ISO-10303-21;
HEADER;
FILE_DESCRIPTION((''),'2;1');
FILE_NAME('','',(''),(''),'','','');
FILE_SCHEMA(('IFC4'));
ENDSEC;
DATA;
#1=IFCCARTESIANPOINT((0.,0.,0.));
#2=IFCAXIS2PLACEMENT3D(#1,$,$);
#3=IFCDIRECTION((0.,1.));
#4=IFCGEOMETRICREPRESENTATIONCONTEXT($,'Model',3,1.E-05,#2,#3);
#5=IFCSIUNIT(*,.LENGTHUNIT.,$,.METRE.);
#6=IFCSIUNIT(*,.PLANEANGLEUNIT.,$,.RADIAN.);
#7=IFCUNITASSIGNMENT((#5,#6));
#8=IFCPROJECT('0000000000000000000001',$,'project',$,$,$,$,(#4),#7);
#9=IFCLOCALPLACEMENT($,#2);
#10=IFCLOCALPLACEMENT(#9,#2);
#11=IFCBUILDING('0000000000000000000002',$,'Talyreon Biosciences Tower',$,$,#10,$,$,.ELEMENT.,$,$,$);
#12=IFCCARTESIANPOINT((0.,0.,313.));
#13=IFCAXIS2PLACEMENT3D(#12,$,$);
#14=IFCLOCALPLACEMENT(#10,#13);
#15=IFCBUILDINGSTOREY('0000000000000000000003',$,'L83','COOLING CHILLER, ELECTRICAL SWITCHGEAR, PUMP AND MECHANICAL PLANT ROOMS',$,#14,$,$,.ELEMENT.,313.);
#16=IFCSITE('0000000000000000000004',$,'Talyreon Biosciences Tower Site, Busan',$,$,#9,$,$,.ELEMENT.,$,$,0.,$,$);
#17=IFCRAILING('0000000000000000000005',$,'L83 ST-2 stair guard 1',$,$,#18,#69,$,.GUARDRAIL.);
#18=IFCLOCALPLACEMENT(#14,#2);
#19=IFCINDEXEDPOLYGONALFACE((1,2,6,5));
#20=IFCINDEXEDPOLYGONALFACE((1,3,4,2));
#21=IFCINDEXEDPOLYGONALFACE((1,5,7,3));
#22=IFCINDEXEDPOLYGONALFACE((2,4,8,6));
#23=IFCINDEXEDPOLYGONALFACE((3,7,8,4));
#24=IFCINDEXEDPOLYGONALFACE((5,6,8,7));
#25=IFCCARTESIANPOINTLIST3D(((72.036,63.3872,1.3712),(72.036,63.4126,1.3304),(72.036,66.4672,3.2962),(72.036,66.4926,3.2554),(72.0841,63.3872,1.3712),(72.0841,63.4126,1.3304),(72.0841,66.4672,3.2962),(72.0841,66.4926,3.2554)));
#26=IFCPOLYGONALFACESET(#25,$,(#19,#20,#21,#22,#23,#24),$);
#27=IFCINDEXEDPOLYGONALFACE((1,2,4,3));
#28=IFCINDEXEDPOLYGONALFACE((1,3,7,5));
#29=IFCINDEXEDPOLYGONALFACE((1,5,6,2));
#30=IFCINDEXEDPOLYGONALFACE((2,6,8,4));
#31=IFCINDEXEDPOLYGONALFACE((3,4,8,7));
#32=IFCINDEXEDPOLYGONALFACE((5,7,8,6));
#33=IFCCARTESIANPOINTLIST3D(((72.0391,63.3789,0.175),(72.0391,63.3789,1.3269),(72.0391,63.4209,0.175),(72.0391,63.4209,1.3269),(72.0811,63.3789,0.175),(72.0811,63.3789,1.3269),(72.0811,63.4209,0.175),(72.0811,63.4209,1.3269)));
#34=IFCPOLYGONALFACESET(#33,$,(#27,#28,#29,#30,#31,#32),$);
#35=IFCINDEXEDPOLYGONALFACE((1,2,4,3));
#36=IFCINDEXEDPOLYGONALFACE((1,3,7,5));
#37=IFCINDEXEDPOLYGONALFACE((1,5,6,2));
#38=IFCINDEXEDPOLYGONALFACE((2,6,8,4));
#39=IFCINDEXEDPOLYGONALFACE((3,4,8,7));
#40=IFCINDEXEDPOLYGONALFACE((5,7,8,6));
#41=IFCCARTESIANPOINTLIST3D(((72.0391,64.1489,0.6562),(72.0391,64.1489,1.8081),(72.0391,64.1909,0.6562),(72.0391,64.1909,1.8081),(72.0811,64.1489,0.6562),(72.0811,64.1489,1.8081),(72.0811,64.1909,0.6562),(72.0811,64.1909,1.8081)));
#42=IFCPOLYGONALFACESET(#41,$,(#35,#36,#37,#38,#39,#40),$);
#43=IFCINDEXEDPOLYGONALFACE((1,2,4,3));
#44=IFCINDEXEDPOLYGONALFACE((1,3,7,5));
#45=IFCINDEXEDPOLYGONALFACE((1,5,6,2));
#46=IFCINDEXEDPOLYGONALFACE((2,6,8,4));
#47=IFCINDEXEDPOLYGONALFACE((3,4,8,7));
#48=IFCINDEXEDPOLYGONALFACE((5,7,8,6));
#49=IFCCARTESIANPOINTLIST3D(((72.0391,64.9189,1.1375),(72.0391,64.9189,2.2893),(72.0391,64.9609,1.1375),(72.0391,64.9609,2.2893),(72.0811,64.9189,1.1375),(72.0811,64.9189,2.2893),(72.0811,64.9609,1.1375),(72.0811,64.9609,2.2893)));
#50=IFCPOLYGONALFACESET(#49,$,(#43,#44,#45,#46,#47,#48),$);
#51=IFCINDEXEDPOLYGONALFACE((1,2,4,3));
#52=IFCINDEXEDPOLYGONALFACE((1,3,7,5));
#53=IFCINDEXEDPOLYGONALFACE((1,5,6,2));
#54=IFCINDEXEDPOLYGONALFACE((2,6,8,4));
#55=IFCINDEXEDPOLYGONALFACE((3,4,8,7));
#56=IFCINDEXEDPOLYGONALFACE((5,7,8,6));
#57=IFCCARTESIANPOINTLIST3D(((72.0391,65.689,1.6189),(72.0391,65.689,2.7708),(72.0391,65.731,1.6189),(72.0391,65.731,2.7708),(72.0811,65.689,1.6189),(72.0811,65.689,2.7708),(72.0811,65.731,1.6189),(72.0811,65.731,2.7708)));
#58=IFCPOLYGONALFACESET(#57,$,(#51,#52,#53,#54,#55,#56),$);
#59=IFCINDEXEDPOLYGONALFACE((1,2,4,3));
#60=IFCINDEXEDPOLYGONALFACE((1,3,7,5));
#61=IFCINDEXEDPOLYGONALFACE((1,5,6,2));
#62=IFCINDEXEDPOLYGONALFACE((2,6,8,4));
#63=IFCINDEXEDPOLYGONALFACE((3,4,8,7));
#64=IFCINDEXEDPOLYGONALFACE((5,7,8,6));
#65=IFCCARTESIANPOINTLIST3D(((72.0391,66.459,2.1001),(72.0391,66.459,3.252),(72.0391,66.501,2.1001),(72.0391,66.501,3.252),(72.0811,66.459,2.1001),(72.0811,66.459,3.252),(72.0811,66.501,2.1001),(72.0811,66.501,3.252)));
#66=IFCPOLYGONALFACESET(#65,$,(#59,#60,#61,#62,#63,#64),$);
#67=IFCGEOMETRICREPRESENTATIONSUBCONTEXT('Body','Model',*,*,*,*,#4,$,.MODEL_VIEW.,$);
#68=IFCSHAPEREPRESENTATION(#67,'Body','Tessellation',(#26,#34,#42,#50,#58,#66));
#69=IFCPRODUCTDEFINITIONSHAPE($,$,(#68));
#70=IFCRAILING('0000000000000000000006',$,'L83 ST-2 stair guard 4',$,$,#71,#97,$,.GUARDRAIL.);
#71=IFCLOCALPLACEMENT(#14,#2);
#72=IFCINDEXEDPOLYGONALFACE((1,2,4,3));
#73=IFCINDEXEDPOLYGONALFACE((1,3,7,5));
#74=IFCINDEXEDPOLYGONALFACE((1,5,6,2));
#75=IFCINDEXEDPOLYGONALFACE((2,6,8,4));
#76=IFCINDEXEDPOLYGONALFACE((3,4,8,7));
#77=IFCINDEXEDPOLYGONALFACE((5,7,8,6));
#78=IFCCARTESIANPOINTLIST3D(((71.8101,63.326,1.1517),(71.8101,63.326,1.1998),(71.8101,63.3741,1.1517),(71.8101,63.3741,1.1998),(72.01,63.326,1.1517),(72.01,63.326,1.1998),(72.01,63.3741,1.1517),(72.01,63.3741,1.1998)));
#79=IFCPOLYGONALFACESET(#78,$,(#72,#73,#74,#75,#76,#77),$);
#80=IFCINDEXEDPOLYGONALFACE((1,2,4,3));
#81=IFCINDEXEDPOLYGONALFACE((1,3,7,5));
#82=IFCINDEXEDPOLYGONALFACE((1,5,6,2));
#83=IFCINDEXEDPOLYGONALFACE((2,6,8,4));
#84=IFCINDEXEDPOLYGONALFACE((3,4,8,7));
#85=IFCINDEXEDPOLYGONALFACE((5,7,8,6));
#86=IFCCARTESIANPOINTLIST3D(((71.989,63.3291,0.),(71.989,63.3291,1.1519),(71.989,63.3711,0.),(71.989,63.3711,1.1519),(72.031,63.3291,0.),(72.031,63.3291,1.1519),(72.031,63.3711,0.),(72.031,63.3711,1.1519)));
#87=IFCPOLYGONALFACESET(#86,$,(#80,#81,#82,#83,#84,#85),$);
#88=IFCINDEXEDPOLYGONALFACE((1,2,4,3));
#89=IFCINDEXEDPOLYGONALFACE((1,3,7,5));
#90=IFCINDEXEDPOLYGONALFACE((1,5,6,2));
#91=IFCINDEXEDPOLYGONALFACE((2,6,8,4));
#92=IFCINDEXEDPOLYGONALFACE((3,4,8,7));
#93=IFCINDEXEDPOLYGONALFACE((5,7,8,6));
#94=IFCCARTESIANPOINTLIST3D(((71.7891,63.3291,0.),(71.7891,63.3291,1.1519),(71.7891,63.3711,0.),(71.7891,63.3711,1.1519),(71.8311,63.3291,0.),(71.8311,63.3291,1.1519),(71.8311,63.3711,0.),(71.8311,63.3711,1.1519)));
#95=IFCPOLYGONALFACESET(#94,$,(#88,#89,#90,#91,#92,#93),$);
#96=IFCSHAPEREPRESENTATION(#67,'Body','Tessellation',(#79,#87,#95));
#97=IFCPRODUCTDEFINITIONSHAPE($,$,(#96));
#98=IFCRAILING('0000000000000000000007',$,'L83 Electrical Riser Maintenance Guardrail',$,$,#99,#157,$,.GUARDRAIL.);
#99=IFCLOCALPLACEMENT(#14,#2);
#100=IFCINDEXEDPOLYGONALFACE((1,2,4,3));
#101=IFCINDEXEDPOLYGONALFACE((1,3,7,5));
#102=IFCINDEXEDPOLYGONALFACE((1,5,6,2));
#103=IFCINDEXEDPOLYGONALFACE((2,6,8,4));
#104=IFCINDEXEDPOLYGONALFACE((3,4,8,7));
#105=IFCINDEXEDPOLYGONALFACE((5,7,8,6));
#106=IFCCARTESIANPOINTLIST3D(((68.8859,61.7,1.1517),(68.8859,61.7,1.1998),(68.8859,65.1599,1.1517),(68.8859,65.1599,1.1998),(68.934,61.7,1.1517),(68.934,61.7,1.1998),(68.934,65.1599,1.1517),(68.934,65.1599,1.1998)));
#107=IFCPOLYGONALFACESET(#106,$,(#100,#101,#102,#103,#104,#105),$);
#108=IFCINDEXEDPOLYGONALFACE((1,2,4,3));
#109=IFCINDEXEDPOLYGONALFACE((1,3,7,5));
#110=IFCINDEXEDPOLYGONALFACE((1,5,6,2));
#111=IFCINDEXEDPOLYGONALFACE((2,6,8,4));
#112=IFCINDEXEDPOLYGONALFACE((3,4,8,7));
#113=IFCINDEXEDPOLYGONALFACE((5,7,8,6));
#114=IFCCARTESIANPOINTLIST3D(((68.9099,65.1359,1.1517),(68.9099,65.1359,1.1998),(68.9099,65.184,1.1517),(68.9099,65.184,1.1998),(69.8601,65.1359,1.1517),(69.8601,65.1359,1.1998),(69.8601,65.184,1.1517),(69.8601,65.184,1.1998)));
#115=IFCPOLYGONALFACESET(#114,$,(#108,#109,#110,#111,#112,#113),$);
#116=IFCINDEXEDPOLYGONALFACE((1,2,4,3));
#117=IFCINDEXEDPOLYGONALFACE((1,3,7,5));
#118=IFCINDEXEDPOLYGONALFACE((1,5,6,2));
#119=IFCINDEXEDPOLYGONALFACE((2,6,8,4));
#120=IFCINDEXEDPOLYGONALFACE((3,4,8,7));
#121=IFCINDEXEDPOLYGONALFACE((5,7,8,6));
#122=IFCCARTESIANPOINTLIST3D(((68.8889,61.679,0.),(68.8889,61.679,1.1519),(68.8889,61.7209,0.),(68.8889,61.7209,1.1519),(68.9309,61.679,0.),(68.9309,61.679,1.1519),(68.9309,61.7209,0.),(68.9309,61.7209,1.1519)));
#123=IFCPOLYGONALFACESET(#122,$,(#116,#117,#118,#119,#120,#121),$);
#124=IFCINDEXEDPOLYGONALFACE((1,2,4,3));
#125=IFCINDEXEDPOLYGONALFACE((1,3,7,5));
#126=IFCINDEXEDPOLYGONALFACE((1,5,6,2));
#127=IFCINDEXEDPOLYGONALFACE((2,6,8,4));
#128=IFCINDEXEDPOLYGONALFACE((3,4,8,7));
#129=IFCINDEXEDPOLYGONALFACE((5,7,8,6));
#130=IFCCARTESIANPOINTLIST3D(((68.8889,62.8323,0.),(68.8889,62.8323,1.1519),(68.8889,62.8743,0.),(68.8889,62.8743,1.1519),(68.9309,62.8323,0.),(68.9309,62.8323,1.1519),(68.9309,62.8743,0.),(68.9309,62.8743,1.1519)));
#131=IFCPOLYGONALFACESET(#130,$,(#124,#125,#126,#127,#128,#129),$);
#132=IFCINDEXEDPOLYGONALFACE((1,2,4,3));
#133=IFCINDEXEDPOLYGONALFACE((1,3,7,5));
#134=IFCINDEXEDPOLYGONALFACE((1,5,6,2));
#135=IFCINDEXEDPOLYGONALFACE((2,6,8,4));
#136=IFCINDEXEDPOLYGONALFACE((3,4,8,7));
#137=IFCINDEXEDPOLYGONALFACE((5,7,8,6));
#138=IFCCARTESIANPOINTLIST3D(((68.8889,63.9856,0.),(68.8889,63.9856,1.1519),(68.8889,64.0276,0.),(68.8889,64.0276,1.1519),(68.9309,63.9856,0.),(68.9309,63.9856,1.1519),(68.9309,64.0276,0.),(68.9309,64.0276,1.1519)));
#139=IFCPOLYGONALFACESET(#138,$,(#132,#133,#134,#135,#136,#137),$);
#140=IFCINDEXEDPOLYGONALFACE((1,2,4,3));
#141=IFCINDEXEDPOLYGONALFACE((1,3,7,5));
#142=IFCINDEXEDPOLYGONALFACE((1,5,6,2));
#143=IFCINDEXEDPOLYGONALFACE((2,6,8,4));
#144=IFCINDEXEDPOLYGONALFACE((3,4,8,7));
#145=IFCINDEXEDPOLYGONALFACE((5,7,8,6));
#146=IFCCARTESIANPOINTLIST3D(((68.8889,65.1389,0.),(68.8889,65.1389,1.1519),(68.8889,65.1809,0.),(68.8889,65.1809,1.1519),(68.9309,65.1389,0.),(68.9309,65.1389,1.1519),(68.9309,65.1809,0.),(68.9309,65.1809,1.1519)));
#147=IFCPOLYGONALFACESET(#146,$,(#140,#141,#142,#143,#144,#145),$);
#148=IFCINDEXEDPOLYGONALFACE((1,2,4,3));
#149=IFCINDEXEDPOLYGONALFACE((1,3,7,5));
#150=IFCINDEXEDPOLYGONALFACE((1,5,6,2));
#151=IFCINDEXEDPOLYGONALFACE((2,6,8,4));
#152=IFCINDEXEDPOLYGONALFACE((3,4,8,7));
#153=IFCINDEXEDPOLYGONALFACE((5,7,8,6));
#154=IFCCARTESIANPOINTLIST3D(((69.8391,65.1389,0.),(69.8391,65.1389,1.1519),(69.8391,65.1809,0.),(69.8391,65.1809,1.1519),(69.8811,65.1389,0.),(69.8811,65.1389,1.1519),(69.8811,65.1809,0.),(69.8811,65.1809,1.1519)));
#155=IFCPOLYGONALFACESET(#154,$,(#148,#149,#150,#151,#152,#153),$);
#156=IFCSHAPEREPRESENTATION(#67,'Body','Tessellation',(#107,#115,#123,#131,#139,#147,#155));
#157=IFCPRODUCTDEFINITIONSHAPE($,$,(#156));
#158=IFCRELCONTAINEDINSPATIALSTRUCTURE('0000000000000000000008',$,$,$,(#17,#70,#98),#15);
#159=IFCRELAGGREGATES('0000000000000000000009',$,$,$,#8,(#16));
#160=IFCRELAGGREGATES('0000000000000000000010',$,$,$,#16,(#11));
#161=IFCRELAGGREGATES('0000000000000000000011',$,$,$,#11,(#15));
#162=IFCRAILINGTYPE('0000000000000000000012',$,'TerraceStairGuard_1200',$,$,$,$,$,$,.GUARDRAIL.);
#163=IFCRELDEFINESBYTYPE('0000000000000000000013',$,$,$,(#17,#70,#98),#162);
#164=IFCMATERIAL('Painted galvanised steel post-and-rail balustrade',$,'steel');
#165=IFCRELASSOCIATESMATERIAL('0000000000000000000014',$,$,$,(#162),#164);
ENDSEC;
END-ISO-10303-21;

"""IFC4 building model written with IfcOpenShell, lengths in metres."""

from ifc_helpers import new_model, si_unit, direction, frame, origin, origin_2d, place, context, subcontext, project, spatial, rectangle, extrude, material, type_object, element, save


model = new_model("IFC4")

# Units and contexts
model_context = context("Model", 3, precision=1e-05, world=origin(), true_north=direction((0.0, 1.0)))
body_context = subcontext(model_context, "Body", "Model", "MODEL_VIEW")
ifc_project = project(units=[si_unit("LENGTHUNIT", "METRE"), si_unit("PLANEANGLEUNIT", "RADIAN")], contexts=[model_context])

# Site, building, storey
site_placement = place(None, origin())
site = spatial("IfcSite", under=ifc_project, at=site_placement, Name="Talyreon Biosciences Tower Site, Busan", CompositionType="ELEMENT", RefElevation=0.0)
building_placement = place(site_placement, origin())
building = spatial("IfcBuilding", under=site, at=building_placement, Name="Talyreon Biosciences Tower", CompositionType="ELEMENT")
storey_placement = place(building_placement, frame((0.0, 0.0, 313.0)))
storey = spatial("IfcBuildingStorey", under=building, at=storey_placement, Name="L83", Description="COOLING CHILLER, ELECTRICAL SWITCHGEAR, PUMP AND MECHANICAL PLANT ROOMS", CompositionType="ELEMENT", Elevation=313.0)

# Railings
ifc_material_1 = material(Name="Painted galvanised steel post-and-rail balustrade", Category="steel")
railing_type_1 = type_object("IfcRailingType", Name="TerraceStairGuard_1200", PredefinedType="GUARDRAIL", material=ifc_material_1)
railing_1_placement = place(storey_placement, frame((72.0601, 63.3999, 0.175)))
element("IfcRailing", 1, at=railing_1_placement, inside=storey, type_object=railing_type_1, Name="L83 ST-2 stair guard 1", PredefinedType="GUARDRAIL", context=body_context, shape_type="SweptSolid", body=[
    extrude(rectangle(XDim=0.0481, YDim=0.0481, at=origin_2d()), frame((0.0, 0.0, 1.1758), z_axis=(0.0, 0.847998, 0.529999), x_axis=(-1.0, 0.0, 0.0)), (0.0, 0.0, 1.0), 3.6321),
    extrude(rectangle(XDim=0.042, YDim=0.042, at=origin_2d()), origin(), (0.0, 0.0, 1.0), 1.1519),
    extrude(rectangle(XDim=0.042, YDim=0.042, at=origin_2d()), frame((0.0, 0.77, 0.4812)), (0.0, 0.0, 1.0), 1.1519),
    extrude(rectangle(XDim=0.042, YDim=0.042, at=origin_2d()), frame((0.0, 1.54, 0.9624)), (0.0, 0.0, 1.0), 1.1519),
    extrude(rectangle(XDim=0.042, YDim=0.042, at=origin_2d()), frame((0.0, 2.3101, 1.4438)), (0.0, 0.0, 1.0), 1.1519),
    extrude(rectangle(XDim=0.042, YDim=0.042, at=origin_2d()), frame((0.0, 3.0801, 1.925)), (0.0, 0.0, 1.0), 1.1519),
])
railing_2_placement = place(storey_placement, frame((72.01, 63.3501, 0.0)))
element("IfcRailing", 2, at=railing_2_placement, inside=storey, type_object=railing_type_1, Name="L83 ST-2 stair guard 4", PredefinedType="GUARDRAIL", context=body_context, shape_type="SweptSolid", body=[
    extrude(rectangle(XDim=0.0481, YDim=0.0481, at=origin_2d()), frame((0.0, 0.0, 1.1758), z_axis=(-1.0, 0.0, 0.0), x_axis=(0.0, -1.0, 0.0)), (0.0, 0.0, 1.0), 0.2),
    extrude(rectangle(XDim=0.042, YDim=0.042, at=origin_2d()), origin(), (0.0, 0.0, 1.0), 1.1519),
    extrude(rectangle(XDim=0.042, YDim=0.042, at=origin_2d()), frame((-0.2, 0.0, 0.0)), (0.0, 0.0, 1.0), 1.1519),
])
railing_3_placement = place(storey_placement, frame((68.9099, 61.7, 0.0)))
element("IfcRailing", 3, at=railing_3_placement, inside=storey, type_object=railing_type_1, Name="L83 Electrical Riser Maintenance Guardrail", PredefinedType="GUARDRAIL", context=body_context, shape_type="SweptSolid", body=[
    extrude(rectangle(XDim=0.0481, YDim=0.0481, at=origin_2d()), frame((0.0, 0.0, 1.1758), z_axis=(0.0, 1.0, 0.0), x_axis=(-1.0, 0.0, 0.0)), (0.0, 0.0, 1.0), 3.46),
    extrude(rectangle(XDim=0.0481, YDim=0.0481, at=origin_2d()), frame((0.0, 3.46, 1.1758), z_axis=(1.0, 0.0, 0.0), x_axis=(0.0, 1.0, 0.0)), (0.0, 0.0, 1.0), 0.9502),
    extrude(rectangle(XDim=0.042, YDim=0.042, at=origin_2d()), origin(), (0.0, 0.0, 1.0), 1.1519),
    extrude(rectangle(XDim=0.042, YDim=0.042, at=origin_2d()), frame((0.0, 1.1533, 0.0)), (0.0, 0.0, 1.0), 1.1519),
    extrude(rectangle(XDim=0.042, YDim=0.042, at=origin_2d()), frame((0.0, 2.3066, 0.0)), (0.0, 0.0, 1.0), 1.1519),
    extrude(rectangle(XDim=0.042, YDim=0.042, at=origin_2d()), frame((0.0, 3.46, 0.0)), (0.0, 0.0, 1.0), 1.1519),
    extrude(rectangle(XDim=0.042, YDim=0.042, at=origin_2d()), frame((0.9502, 3.46, 0.0)), (0.0, 0.0, 1.0), 1.1519),
])

save(model, "model.ifc")
